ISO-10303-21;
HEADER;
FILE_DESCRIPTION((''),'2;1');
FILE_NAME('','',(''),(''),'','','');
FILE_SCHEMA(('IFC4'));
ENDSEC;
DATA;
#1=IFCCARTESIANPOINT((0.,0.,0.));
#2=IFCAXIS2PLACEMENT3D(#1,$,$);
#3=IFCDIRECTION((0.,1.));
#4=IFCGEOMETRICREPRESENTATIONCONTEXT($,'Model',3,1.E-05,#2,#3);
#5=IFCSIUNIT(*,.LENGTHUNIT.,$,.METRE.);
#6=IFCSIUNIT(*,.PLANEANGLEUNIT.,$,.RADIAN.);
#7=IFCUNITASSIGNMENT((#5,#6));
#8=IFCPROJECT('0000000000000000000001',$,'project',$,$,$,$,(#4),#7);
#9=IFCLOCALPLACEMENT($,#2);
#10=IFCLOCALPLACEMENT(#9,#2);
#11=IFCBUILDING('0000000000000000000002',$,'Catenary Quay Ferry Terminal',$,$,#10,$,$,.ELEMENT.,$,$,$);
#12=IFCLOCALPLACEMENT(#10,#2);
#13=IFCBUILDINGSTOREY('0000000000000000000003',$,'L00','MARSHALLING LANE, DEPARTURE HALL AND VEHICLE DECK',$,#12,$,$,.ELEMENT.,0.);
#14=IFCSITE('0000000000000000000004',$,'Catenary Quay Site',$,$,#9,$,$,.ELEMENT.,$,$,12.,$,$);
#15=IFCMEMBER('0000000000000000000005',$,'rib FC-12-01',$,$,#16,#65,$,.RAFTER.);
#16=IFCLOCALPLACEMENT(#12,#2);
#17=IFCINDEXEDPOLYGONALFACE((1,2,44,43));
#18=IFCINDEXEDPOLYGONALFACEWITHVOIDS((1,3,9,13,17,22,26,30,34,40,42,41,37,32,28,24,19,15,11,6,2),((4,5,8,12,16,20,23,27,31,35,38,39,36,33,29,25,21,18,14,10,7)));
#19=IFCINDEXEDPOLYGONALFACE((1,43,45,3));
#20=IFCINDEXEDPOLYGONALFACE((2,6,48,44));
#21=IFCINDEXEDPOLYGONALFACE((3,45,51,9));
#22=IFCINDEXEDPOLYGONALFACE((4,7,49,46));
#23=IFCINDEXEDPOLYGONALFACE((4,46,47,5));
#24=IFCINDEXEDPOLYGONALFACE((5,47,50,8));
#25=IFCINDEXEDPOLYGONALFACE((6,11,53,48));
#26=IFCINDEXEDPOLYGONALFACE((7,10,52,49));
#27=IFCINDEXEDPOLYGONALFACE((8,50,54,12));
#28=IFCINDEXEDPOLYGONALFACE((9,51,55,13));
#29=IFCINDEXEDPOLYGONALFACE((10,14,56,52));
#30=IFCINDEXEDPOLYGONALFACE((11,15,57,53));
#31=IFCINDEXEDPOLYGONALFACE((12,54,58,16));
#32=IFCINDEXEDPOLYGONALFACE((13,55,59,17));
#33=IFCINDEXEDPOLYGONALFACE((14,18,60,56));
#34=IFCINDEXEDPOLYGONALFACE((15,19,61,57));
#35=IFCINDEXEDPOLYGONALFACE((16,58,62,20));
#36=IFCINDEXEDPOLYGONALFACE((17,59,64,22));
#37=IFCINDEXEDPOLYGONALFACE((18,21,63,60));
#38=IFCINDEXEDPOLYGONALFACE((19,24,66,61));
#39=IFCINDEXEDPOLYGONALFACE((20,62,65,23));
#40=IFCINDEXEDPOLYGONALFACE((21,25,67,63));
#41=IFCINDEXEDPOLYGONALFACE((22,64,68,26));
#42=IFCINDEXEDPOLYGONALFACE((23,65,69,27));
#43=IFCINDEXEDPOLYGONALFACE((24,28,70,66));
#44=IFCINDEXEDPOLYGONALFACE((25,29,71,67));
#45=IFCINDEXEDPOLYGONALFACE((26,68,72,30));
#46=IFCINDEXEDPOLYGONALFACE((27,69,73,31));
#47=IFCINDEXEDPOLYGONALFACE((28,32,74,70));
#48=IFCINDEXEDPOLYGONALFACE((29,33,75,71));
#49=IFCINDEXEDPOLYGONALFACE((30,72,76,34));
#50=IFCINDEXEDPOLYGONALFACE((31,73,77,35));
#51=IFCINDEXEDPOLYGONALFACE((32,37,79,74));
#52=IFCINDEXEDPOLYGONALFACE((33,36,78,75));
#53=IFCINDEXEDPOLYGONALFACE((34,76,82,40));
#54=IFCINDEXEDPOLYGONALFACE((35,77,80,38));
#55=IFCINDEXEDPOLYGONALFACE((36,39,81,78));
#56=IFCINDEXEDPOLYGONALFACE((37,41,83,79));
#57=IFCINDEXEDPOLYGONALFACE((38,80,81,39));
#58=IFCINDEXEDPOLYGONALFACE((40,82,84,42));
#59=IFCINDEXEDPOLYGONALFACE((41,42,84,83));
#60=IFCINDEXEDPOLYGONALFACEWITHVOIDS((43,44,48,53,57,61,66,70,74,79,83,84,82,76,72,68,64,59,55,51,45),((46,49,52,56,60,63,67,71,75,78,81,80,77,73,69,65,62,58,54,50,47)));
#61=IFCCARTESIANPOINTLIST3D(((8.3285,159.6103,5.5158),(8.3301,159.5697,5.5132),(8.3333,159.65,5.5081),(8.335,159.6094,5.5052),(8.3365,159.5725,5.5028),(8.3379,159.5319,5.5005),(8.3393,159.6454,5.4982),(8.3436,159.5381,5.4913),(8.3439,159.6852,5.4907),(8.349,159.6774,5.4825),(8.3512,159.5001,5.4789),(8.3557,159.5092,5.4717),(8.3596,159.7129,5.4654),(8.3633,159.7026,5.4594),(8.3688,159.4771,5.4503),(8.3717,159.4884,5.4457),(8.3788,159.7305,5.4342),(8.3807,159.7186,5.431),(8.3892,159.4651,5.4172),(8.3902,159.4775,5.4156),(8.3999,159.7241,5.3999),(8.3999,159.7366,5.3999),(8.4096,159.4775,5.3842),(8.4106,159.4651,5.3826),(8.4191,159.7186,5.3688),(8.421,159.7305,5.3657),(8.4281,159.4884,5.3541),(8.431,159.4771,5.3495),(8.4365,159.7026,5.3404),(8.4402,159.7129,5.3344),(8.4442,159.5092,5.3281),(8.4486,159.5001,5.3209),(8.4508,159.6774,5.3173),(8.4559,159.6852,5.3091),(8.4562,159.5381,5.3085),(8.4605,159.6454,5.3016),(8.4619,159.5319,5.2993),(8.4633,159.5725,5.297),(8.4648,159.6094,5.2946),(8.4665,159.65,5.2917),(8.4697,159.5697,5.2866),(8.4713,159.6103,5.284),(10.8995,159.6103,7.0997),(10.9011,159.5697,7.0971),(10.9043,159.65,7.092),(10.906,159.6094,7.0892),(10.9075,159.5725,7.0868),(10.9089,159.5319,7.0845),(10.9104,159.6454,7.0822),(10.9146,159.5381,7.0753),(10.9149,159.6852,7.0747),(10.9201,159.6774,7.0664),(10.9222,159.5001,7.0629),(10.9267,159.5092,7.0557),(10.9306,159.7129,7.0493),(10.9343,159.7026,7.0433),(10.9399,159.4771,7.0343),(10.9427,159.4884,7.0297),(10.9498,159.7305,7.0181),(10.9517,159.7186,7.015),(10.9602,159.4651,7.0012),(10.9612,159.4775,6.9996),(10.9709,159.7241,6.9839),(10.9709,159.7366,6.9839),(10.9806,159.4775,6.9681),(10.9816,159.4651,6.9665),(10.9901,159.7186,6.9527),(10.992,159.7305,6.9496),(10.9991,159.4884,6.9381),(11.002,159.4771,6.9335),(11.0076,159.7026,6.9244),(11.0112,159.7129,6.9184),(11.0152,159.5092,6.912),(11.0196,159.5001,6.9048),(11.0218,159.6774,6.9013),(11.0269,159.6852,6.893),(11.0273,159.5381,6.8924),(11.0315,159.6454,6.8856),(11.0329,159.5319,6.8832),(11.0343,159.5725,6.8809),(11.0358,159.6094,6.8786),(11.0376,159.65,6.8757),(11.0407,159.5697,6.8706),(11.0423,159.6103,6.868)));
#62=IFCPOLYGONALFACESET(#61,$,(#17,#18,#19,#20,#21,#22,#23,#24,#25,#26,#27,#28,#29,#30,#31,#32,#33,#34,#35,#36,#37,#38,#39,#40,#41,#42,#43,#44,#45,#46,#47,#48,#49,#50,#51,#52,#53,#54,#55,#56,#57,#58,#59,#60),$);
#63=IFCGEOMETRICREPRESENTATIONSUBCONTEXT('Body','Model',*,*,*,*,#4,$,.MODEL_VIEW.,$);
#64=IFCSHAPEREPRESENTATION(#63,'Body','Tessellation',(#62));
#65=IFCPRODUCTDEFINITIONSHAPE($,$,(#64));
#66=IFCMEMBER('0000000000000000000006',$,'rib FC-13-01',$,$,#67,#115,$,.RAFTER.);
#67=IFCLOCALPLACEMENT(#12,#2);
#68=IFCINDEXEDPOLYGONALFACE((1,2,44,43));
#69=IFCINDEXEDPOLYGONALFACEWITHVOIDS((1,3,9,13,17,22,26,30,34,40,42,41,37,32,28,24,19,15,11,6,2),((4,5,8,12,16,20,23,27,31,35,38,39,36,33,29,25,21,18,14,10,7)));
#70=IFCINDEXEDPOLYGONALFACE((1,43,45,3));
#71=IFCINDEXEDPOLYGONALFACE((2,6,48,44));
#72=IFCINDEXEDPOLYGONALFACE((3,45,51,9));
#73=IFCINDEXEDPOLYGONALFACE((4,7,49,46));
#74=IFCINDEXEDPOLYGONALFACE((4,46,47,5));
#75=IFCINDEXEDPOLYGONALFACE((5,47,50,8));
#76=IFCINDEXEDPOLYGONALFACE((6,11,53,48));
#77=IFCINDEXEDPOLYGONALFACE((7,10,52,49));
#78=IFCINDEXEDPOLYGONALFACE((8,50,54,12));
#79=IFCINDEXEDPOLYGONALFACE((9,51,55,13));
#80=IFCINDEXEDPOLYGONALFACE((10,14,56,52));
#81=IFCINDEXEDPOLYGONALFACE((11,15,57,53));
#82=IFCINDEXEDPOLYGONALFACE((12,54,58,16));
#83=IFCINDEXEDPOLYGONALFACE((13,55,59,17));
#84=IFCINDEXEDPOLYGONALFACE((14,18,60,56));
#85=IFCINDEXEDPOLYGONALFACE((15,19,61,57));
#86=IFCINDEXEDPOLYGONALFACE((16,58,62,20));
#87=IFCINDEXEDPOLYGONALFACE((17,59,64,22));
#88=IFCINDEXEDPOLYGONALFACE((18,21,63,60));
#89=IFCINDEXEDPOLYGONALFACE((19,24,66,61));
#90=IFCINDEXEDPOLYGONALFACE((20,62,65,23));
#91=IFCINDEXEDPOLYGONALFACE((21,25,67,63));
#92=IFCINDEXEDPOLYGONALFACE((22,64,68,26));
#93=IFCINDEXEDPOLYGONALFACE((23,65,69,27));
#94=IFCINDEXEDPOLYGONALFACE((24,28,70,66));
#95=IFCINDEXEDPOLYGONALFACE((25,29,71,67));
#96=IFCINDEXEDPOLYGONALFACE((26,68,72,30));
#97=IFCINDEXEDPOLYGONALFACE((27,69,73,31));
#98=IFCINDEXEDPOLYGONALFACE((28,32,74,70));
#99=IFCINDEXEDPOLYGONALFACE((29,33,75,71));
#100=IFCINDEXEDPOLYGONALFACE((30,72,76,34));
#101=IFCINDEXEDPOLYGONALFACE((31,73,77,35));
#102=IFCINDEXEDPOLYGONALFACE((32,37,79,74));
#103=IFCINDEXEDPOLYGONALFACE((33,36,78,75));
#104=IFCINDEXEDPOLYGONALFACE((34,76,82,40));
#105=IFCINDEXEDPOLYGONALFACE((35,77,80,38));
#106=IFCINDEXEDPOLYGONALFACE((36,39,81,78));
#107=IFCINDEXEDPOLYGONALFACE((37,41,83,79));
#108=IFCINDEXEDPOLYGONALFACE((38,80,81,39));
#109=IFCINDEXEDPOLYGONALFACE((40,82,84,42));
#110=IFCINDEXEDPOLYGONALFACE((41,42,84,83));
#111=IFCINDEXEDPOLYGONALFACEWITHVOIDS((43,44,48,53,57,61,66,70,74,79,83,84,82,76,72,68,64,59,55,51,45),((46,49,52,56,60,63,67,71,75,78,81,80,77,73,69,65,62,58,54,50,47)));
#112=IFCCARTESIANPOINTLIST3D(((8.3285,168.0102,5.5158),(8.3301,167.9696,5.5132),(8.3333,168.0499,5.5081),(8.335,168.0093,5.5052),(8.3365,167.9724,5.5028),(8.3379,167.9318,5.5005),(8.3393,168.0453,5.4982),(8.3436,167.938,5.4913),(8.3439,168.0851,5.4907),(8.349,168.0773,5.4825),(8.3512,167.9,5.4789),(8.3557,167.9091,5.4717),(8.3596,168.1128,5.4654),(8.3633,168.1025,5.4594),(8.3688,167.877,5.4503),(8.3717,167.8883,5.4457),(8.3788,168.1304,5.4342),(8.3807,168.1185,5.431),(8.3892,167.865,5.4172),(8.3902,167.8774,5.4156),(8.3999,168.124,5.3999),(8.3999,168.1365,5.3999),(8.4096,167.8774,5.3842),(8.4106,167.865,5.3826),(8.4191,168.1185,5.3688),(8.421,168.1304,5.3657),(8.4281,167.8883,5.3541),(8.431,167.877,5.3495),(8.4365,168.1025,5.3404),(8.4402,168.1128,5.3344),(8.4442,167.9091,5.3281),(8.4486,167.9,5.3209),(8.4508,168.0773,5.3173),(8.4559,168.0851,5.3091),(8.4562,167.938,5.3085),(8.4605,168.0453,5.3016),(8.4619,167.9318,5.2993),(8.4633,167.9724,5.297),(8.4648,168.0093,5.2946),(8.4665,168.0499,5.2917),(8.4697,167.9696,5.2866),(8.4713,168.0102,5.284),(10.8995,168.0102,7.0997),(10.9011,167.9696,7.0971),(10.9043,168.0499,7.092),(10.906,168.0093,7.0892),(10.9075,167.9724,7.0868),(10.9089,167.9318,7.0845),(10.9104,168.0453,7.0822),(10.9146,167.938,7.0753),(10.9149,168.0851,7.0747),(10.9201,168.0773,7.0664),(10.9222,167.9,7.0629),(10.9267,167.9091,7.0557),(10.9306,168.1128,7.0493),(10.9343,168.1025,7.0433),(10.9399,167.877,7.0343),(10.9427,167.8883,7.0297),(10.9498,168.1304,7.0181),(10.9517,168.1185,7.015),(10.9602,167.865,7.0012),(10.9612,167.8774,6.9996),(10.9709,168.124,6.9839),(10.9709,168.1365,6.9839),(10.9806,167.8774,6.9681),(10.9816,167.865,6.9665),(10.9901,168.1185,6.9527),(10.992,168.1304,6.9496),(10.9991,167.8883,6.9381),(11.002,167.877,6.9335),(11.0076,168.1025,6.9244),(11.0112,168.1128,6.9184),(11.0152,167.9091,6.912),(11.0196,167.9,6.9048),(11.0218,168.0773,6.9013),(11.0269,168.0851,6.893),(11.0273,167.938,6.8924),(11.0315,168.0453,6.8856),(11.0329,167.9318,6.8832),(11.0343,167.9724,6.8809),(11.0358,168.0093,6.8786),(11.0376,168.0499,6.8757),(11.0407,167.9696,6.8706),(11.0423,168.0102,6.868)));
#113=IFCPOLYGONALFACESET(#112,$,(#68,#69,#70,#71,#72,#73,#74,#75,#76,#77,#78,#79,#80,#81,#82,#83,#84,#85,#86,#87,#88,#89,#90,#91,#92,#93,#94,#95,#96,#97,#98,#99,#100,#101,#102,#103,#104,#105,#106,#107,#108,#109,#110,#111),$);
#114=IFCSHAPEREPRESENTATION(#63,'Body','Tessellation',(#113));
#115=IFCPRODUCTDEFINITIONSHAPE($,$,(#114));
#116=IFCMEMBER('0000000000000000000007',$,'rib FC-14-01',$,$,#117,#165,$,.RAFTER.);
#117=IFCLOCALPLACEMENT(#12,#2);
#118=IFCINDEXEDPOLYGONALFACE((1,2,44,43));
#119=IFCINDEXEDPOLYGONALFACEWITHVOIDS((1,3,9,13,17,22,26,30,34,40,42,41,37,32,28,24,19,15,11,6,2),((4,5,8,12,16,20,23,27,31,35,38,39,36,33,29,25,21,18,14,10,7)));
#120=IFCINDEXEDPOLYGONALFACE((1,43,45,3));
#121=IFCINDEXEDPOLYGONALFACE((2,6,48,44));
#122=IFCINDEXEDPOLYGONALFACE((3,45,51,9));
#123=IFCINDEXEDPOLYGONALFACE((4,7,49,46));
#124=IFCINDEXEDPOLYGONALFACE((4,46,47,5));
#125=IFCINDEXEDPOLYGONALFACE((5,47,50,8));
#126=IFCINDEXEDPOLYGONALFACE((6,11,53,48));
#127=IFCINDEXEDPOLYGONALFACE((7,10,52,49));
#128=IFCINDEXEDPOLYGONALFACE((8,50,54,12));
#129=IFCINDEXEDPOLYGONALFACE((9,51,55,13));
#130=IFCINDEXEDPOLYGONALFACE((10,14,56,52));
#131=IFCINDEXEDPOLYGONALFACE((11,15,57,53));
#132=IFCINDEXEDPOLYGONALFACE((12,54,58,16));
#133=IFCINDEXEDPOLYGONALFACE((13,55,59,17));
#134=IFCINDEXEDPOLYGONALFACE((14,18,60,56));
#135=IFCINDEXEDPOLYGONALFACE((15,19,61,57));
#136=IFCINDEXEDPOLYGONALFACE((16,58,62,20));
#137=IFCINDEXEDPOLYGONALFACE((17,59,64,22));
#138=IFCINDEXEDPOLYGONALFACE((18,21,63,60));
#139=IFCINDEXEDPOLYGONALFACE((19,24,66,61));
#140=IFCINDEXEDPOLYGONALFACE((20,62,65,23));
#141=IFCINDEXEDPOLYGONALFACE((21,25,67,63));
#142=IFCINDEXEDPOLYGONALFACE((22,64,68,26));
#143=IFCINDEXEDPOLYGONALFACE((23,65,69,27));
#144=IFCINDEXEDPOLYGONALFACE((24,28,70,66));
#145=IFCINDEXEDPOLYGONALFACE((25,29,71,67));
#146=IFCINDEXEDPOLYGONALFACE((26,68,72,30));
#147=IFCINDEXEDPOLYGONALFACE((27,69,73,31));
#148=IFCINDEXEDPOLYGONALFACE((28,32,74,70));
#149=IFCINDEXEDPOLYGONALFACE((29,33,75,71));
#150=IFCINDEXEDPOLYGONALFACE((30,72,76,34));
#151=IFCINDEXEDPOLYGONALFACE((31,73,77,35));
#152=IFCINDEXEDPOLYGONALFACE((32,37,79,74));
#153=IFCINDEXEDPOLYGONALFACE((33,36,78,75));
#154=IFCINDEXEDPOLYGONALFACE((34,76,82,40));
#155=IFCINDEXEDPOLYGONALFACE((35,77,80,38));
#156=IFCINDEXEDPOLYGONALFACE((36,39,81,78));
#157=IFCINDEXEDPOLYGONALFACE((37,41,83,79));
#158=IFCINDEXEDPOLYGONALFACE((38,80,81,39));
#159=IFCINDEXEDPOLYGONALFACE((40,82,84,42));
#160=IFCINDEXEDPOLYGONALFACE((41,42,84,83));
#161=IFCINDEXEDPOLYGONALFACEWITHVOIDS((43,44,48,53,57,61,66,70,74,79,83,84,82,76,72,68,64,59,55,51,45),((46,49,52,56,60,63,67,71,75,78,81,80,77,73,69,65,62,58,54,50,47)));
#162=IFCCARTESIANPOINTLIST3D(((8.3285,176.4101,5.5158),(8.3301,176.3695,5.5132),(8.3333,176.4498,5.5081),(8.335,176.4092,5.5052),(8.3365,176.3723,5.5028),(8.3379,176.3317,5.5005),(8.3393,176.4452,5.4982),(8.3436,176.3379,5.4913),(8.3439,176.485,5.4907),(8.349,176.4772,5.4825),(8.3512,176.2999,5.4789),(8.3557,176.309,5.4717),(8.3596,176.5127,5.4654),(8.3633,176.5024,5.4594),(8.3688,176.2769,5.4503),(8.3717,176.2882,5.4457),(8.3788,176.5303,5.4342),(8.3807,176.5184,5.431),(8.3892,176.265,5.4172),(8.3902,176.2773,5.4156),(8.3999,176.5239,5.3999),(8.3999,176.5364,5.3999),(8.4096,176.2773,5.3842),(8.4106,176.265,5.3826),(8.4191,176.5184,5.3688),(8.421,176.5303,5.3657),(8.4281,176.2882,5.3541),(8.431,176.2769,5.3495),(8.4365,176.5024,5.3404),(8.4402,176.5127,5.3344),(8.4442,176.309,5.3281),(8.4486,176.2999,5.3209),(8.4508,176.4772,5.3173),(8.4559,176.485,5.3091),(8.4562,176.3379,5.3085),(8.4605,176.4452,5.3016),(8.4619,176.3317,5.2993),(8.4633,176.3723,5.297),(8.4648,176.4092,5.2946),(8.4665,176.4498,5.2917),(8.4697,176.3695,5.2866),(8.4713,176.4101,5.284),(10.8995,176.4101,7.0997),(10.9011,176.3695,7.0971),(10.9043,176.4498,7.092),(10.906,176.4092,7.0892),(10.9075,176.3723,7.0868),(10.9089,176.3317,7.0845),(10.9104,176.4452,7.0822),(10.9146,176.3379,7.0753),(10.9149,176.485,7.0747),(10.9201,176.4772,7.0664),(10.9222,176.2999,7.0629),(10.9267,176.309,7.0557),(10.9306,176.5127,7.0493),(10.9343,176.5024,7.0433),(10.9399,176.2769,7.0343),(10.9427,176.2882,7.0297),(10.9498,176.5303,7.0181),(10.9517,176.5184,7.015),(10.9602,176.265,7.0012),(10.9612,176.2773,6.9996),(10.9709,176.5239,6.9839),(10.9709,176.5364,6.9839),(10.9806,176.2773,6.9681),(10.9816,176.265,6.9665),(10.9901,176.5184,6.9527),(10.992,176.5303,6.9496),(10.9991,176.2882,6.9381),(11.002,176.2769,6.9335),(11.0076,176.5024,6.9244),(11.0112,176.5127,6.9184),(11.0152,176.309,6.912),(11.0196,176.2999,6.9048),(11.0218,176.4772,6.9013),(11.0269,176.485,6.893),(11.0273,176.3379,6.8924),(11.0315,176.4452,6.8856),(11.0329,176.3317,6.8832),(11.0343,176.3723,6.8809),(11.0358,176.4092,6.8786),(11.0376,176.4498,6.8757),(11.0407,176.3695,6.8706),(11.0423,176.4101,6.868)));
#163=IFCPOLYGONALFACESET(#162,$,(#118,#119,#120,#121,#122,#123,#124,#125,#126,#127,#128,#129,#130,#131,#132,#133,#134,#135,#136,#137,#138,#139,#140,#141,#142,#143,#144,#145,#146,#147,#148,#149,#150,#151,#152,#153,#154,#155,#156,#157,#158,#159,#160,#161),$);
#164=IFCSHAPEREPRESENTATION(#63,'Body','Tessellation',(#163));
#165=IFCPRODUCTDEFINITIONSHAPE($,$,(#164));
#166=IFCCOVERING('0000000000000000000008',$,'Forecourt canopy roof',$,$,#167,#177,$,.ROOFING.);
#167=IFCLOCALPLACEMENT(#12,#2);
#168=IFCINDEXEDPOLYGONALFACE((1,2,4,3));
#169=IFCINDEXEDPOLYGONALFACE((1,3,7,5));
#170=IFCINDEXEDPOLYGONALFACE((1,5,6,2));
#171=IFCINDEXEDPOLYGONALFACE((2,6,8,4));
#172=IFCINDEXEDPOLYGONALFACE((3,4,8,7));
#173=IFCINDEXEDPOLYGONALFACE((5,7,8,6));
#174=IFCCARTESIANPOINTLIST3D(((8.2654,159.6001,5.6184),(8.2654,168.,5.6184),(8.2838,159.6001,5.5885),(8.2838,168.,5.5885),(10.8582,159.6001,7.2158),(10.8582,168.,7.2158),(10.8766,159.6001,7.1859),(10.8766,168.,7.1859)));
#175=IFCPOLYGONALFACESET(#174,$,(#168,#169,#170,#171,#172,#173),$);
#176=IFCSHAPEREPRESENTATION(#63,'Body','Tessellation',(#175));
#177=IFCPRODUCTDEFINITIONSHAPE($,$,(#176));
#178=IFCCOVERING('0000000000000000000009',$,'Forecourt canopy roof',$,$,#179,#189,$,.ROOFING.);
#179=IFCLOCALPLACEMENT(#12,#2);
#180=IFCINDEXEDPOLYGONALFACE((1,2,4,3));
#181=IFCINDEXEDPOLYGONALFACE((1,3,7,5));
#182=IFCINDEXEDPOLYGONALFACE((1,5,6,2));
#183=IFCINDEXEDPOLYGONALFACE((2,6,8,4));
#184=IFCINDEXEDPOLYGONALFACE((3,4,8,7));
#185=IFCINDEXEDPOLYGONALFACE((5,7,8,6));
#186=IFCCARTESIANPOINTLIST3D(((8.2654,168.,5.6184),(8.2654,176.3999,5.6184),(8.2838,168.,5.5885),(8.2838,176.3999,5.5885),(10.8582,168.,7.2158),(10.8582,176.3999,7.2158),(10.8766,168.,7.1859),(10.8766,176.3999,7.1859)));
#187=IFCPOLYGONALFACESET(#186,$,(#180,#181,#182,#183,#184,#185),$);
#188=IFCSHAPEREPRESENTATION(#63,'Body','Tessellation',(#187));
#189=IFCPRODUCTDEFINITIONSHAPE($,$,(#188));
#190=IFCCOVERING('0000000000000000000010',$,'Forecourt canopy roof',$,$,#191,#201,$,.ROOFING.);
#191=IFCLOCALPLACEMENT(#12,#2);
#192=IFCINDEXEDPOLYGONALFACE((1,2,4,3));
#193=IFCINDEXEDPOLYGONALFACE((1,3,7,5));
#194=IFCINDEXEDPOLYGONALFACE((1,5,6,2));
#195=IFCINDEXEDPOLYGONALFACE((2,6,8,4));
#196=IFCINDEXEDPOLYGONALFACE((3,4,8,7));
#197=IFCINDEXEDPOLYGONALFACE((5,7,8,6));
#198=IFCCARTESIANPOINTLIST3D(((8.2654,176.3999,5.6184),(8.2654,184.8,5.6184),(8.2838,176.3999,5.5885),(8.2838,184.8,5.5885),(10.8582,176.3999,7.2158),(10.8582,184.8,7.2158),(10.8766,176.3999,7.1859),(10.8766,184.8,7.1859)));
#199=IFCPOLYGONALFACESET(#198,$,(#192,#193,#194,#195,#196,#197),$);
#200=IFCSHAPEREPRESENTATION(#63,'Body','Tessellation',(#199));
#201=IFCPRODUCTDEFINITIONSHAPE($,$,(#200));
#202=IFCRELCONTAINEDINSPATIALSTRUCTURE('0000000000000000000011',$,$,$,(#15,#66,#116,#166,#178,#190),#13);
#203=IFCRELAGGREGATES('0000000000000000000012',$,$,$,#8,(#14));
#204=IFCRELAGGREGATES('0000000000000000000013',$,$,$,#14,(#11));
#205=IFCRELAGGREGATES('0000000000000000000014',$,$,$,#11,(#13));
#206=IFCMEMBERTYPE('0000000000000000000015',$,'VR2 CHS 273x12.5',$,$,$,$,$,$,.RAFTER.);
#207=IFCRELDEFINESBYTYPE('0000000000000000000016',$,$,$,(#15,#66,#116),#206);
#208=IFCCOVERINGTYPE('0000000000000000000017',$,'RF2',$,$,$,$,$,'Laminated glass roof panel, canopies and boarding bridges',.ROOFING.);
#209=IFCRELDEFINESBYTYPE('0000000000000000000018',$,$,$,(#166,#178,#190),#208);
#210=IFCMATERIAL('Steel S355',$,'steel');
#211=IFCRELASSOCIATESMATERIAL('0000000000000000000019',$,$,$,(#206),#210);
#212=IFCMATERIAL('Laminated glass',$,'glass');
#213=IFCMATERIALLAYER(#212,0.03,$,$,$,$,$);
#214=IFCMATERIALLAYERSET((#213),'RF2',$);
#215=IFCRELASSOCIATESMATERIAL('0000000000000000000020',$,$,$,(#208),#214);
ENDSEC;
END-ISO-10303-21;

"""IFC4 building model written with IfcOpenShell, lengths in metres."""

from ifc_helpers import new_model, si_unit, direction, frame, origin, origin_2d, place, context, subcontext, project, spatial, polyline, hollow_circle, outline, extrude, material, layer, layer_set, material_profile, profile_set, type_object, element, save


model = new_model("IFC4")

# Units and contexts
model_context = context("Model", 3, precision=1e-05, world=origin(), true_north=direction((0.0, 1.0)))
body_context = subcontext(model_context, "Body", "Model", "MODEL_VIEW")
ifc_project = project(units=[si_unit("LENGTHUNIT", "METRE"), si_unit("PLANEANGLEUNIT", "RADIAN")], contexts=[model_context])

# Site, building, storey
site_placement = place(None, origin())
site = spatial("IfcSite", under=ifc_project, at=site_placement, Name="Catenary Quay Site", CompositionType="ELEMENT", RefElevation=12.0)
building_placement = place(site_placement, origin())
building = spatial("IfcBuilding", under=site, at=building_placement, Name="Catenary Quay Ferry Terminal", CompositionType="ELEMENT")
storey_placement = place(building_placement, origin())
storey = spatial("IfcBuildingStorey", under=building, at=storey_placement, Name="L00", Description="MARSHALLING LANE, DEPARTURE HALL AND VEHICLE DECK", CompositionType="ELEMENT", Elevation=0.0)

# Members
ifc_material_1 = material(Name="Steel S355", Category="steel")
ifc_material_profile_1 = material_profile(ifc_material_1, hollow_circle(Radius=0.1365, WallThickness=0.0125, at=origin_2d()), Name="CHS 273x12.5")
ifc_profile_set_1 = profile_set([ifc_material_profile_1], Name="Steel S355")
member_type = type_object("IfcMemberType", Name="VR2 CHS 273x12.5", PredefinedType="RAFTER", material=ifc_profile_set_1)
for number, where, z_axis, x_axis, name in (
    (1, (8.3999, 159.6001, 5.3999), (0.851392, 0.0, 0.52453), (0.0, 1.0, 0.0), "rib FC-12-01"),
    (2, (8.3999, 168.0, 5.3999), (0.851392, 0.0, 0.52453), (0.0, 1.0, 0.0), "rib FC-13-01"),
    (3, (8.3999, 176.3999, 5.3999), (0.851392, 0.0, 0.52453), (0.0, 1.0, 0.0), "rib FC-14-01"),
):
    element("IfcMember", number, at=place(storey_placement, frame(where, z_axis=z_axis, x_axis=x_axis)), inside=storey, type_object=member_type, Name=name, PredefinedType="RAFTER", context=body_context, shape_type="SweptSolid", body=[
        extrude(hollow_circle(Radius=0.1365, WallThickness=0.0125, at=origin_2d()), origin(), (0.0, 0.0, 1.0), 3.0198),
    ])

# Coverings
ifc_material_2 = material(Name="Laminated glass", Category="glass")
ifc_layer = layer(ifc_material_2, 0.03)
ifc_layer_set = layer_set([ifc_layer], Name="RF2")
covering_type = type_object("IfcCoveringType", Name="RF2", ElementType="Laminated glass roof panel, canopies and boarding bridges", PredefinedType="ROOFING", material=ifc_layer_set)
for number, where, z_axis, x_axis, name in (
    (4, (8.2654, 159.6001, 5.6184), (-0.52454, 0.0, 0.851386), (0.0, 1.0, 0.0), "Forecourt canopy roof"),
    (5, (8.2654, 168.0, 5.6184), (-0.52454, 0.0, 0.851386), (0.0, 1.0, 0.0), "Forecourt canopy roof"),
):
    element("IfcCovering", number, at=place(storey_placement, frame(where, z_axis=z_axis, x_axis=x_axis)), inside=storey, type_object=covering_type, Name=name, PredefinedType="ROOFING", context=body_context, shape_type="SweptSolid", body=[
        extrude(outline(polyline([(0.0, 0.0), (8.3999, 0.0), (8.3999, -3.0454), (0.0, -3.0454), (0.0, 0.0)])), origin(), (0.0, 0.0, -1.0), 0.0352),
    ])
covering_placement = place(storey_placement, frame((8.2654, 176.3999, 5.6184), z_axis=(-0.52454, 0.0, 0.851386), x_axis=(0.0, 1.0, 0.0)))
element("IfcCovering", 6, at=covering_placement, inside=storey, type_object=covering_type, Name="Forecourt canopy roof", PredefinedType="ROOFING", context=body_context, shape_type="SweptSolid", body=[
    extrude(outline(polyline([(0.0, 0.0), (8.4001, 0.0), (8.4001, -3.0454), (0.0, -3.0454), (0.0, 0.0)])), origin(), (0.0, 0.0, -1.0), 0.0352),
])

save(model, "model.ifc")
